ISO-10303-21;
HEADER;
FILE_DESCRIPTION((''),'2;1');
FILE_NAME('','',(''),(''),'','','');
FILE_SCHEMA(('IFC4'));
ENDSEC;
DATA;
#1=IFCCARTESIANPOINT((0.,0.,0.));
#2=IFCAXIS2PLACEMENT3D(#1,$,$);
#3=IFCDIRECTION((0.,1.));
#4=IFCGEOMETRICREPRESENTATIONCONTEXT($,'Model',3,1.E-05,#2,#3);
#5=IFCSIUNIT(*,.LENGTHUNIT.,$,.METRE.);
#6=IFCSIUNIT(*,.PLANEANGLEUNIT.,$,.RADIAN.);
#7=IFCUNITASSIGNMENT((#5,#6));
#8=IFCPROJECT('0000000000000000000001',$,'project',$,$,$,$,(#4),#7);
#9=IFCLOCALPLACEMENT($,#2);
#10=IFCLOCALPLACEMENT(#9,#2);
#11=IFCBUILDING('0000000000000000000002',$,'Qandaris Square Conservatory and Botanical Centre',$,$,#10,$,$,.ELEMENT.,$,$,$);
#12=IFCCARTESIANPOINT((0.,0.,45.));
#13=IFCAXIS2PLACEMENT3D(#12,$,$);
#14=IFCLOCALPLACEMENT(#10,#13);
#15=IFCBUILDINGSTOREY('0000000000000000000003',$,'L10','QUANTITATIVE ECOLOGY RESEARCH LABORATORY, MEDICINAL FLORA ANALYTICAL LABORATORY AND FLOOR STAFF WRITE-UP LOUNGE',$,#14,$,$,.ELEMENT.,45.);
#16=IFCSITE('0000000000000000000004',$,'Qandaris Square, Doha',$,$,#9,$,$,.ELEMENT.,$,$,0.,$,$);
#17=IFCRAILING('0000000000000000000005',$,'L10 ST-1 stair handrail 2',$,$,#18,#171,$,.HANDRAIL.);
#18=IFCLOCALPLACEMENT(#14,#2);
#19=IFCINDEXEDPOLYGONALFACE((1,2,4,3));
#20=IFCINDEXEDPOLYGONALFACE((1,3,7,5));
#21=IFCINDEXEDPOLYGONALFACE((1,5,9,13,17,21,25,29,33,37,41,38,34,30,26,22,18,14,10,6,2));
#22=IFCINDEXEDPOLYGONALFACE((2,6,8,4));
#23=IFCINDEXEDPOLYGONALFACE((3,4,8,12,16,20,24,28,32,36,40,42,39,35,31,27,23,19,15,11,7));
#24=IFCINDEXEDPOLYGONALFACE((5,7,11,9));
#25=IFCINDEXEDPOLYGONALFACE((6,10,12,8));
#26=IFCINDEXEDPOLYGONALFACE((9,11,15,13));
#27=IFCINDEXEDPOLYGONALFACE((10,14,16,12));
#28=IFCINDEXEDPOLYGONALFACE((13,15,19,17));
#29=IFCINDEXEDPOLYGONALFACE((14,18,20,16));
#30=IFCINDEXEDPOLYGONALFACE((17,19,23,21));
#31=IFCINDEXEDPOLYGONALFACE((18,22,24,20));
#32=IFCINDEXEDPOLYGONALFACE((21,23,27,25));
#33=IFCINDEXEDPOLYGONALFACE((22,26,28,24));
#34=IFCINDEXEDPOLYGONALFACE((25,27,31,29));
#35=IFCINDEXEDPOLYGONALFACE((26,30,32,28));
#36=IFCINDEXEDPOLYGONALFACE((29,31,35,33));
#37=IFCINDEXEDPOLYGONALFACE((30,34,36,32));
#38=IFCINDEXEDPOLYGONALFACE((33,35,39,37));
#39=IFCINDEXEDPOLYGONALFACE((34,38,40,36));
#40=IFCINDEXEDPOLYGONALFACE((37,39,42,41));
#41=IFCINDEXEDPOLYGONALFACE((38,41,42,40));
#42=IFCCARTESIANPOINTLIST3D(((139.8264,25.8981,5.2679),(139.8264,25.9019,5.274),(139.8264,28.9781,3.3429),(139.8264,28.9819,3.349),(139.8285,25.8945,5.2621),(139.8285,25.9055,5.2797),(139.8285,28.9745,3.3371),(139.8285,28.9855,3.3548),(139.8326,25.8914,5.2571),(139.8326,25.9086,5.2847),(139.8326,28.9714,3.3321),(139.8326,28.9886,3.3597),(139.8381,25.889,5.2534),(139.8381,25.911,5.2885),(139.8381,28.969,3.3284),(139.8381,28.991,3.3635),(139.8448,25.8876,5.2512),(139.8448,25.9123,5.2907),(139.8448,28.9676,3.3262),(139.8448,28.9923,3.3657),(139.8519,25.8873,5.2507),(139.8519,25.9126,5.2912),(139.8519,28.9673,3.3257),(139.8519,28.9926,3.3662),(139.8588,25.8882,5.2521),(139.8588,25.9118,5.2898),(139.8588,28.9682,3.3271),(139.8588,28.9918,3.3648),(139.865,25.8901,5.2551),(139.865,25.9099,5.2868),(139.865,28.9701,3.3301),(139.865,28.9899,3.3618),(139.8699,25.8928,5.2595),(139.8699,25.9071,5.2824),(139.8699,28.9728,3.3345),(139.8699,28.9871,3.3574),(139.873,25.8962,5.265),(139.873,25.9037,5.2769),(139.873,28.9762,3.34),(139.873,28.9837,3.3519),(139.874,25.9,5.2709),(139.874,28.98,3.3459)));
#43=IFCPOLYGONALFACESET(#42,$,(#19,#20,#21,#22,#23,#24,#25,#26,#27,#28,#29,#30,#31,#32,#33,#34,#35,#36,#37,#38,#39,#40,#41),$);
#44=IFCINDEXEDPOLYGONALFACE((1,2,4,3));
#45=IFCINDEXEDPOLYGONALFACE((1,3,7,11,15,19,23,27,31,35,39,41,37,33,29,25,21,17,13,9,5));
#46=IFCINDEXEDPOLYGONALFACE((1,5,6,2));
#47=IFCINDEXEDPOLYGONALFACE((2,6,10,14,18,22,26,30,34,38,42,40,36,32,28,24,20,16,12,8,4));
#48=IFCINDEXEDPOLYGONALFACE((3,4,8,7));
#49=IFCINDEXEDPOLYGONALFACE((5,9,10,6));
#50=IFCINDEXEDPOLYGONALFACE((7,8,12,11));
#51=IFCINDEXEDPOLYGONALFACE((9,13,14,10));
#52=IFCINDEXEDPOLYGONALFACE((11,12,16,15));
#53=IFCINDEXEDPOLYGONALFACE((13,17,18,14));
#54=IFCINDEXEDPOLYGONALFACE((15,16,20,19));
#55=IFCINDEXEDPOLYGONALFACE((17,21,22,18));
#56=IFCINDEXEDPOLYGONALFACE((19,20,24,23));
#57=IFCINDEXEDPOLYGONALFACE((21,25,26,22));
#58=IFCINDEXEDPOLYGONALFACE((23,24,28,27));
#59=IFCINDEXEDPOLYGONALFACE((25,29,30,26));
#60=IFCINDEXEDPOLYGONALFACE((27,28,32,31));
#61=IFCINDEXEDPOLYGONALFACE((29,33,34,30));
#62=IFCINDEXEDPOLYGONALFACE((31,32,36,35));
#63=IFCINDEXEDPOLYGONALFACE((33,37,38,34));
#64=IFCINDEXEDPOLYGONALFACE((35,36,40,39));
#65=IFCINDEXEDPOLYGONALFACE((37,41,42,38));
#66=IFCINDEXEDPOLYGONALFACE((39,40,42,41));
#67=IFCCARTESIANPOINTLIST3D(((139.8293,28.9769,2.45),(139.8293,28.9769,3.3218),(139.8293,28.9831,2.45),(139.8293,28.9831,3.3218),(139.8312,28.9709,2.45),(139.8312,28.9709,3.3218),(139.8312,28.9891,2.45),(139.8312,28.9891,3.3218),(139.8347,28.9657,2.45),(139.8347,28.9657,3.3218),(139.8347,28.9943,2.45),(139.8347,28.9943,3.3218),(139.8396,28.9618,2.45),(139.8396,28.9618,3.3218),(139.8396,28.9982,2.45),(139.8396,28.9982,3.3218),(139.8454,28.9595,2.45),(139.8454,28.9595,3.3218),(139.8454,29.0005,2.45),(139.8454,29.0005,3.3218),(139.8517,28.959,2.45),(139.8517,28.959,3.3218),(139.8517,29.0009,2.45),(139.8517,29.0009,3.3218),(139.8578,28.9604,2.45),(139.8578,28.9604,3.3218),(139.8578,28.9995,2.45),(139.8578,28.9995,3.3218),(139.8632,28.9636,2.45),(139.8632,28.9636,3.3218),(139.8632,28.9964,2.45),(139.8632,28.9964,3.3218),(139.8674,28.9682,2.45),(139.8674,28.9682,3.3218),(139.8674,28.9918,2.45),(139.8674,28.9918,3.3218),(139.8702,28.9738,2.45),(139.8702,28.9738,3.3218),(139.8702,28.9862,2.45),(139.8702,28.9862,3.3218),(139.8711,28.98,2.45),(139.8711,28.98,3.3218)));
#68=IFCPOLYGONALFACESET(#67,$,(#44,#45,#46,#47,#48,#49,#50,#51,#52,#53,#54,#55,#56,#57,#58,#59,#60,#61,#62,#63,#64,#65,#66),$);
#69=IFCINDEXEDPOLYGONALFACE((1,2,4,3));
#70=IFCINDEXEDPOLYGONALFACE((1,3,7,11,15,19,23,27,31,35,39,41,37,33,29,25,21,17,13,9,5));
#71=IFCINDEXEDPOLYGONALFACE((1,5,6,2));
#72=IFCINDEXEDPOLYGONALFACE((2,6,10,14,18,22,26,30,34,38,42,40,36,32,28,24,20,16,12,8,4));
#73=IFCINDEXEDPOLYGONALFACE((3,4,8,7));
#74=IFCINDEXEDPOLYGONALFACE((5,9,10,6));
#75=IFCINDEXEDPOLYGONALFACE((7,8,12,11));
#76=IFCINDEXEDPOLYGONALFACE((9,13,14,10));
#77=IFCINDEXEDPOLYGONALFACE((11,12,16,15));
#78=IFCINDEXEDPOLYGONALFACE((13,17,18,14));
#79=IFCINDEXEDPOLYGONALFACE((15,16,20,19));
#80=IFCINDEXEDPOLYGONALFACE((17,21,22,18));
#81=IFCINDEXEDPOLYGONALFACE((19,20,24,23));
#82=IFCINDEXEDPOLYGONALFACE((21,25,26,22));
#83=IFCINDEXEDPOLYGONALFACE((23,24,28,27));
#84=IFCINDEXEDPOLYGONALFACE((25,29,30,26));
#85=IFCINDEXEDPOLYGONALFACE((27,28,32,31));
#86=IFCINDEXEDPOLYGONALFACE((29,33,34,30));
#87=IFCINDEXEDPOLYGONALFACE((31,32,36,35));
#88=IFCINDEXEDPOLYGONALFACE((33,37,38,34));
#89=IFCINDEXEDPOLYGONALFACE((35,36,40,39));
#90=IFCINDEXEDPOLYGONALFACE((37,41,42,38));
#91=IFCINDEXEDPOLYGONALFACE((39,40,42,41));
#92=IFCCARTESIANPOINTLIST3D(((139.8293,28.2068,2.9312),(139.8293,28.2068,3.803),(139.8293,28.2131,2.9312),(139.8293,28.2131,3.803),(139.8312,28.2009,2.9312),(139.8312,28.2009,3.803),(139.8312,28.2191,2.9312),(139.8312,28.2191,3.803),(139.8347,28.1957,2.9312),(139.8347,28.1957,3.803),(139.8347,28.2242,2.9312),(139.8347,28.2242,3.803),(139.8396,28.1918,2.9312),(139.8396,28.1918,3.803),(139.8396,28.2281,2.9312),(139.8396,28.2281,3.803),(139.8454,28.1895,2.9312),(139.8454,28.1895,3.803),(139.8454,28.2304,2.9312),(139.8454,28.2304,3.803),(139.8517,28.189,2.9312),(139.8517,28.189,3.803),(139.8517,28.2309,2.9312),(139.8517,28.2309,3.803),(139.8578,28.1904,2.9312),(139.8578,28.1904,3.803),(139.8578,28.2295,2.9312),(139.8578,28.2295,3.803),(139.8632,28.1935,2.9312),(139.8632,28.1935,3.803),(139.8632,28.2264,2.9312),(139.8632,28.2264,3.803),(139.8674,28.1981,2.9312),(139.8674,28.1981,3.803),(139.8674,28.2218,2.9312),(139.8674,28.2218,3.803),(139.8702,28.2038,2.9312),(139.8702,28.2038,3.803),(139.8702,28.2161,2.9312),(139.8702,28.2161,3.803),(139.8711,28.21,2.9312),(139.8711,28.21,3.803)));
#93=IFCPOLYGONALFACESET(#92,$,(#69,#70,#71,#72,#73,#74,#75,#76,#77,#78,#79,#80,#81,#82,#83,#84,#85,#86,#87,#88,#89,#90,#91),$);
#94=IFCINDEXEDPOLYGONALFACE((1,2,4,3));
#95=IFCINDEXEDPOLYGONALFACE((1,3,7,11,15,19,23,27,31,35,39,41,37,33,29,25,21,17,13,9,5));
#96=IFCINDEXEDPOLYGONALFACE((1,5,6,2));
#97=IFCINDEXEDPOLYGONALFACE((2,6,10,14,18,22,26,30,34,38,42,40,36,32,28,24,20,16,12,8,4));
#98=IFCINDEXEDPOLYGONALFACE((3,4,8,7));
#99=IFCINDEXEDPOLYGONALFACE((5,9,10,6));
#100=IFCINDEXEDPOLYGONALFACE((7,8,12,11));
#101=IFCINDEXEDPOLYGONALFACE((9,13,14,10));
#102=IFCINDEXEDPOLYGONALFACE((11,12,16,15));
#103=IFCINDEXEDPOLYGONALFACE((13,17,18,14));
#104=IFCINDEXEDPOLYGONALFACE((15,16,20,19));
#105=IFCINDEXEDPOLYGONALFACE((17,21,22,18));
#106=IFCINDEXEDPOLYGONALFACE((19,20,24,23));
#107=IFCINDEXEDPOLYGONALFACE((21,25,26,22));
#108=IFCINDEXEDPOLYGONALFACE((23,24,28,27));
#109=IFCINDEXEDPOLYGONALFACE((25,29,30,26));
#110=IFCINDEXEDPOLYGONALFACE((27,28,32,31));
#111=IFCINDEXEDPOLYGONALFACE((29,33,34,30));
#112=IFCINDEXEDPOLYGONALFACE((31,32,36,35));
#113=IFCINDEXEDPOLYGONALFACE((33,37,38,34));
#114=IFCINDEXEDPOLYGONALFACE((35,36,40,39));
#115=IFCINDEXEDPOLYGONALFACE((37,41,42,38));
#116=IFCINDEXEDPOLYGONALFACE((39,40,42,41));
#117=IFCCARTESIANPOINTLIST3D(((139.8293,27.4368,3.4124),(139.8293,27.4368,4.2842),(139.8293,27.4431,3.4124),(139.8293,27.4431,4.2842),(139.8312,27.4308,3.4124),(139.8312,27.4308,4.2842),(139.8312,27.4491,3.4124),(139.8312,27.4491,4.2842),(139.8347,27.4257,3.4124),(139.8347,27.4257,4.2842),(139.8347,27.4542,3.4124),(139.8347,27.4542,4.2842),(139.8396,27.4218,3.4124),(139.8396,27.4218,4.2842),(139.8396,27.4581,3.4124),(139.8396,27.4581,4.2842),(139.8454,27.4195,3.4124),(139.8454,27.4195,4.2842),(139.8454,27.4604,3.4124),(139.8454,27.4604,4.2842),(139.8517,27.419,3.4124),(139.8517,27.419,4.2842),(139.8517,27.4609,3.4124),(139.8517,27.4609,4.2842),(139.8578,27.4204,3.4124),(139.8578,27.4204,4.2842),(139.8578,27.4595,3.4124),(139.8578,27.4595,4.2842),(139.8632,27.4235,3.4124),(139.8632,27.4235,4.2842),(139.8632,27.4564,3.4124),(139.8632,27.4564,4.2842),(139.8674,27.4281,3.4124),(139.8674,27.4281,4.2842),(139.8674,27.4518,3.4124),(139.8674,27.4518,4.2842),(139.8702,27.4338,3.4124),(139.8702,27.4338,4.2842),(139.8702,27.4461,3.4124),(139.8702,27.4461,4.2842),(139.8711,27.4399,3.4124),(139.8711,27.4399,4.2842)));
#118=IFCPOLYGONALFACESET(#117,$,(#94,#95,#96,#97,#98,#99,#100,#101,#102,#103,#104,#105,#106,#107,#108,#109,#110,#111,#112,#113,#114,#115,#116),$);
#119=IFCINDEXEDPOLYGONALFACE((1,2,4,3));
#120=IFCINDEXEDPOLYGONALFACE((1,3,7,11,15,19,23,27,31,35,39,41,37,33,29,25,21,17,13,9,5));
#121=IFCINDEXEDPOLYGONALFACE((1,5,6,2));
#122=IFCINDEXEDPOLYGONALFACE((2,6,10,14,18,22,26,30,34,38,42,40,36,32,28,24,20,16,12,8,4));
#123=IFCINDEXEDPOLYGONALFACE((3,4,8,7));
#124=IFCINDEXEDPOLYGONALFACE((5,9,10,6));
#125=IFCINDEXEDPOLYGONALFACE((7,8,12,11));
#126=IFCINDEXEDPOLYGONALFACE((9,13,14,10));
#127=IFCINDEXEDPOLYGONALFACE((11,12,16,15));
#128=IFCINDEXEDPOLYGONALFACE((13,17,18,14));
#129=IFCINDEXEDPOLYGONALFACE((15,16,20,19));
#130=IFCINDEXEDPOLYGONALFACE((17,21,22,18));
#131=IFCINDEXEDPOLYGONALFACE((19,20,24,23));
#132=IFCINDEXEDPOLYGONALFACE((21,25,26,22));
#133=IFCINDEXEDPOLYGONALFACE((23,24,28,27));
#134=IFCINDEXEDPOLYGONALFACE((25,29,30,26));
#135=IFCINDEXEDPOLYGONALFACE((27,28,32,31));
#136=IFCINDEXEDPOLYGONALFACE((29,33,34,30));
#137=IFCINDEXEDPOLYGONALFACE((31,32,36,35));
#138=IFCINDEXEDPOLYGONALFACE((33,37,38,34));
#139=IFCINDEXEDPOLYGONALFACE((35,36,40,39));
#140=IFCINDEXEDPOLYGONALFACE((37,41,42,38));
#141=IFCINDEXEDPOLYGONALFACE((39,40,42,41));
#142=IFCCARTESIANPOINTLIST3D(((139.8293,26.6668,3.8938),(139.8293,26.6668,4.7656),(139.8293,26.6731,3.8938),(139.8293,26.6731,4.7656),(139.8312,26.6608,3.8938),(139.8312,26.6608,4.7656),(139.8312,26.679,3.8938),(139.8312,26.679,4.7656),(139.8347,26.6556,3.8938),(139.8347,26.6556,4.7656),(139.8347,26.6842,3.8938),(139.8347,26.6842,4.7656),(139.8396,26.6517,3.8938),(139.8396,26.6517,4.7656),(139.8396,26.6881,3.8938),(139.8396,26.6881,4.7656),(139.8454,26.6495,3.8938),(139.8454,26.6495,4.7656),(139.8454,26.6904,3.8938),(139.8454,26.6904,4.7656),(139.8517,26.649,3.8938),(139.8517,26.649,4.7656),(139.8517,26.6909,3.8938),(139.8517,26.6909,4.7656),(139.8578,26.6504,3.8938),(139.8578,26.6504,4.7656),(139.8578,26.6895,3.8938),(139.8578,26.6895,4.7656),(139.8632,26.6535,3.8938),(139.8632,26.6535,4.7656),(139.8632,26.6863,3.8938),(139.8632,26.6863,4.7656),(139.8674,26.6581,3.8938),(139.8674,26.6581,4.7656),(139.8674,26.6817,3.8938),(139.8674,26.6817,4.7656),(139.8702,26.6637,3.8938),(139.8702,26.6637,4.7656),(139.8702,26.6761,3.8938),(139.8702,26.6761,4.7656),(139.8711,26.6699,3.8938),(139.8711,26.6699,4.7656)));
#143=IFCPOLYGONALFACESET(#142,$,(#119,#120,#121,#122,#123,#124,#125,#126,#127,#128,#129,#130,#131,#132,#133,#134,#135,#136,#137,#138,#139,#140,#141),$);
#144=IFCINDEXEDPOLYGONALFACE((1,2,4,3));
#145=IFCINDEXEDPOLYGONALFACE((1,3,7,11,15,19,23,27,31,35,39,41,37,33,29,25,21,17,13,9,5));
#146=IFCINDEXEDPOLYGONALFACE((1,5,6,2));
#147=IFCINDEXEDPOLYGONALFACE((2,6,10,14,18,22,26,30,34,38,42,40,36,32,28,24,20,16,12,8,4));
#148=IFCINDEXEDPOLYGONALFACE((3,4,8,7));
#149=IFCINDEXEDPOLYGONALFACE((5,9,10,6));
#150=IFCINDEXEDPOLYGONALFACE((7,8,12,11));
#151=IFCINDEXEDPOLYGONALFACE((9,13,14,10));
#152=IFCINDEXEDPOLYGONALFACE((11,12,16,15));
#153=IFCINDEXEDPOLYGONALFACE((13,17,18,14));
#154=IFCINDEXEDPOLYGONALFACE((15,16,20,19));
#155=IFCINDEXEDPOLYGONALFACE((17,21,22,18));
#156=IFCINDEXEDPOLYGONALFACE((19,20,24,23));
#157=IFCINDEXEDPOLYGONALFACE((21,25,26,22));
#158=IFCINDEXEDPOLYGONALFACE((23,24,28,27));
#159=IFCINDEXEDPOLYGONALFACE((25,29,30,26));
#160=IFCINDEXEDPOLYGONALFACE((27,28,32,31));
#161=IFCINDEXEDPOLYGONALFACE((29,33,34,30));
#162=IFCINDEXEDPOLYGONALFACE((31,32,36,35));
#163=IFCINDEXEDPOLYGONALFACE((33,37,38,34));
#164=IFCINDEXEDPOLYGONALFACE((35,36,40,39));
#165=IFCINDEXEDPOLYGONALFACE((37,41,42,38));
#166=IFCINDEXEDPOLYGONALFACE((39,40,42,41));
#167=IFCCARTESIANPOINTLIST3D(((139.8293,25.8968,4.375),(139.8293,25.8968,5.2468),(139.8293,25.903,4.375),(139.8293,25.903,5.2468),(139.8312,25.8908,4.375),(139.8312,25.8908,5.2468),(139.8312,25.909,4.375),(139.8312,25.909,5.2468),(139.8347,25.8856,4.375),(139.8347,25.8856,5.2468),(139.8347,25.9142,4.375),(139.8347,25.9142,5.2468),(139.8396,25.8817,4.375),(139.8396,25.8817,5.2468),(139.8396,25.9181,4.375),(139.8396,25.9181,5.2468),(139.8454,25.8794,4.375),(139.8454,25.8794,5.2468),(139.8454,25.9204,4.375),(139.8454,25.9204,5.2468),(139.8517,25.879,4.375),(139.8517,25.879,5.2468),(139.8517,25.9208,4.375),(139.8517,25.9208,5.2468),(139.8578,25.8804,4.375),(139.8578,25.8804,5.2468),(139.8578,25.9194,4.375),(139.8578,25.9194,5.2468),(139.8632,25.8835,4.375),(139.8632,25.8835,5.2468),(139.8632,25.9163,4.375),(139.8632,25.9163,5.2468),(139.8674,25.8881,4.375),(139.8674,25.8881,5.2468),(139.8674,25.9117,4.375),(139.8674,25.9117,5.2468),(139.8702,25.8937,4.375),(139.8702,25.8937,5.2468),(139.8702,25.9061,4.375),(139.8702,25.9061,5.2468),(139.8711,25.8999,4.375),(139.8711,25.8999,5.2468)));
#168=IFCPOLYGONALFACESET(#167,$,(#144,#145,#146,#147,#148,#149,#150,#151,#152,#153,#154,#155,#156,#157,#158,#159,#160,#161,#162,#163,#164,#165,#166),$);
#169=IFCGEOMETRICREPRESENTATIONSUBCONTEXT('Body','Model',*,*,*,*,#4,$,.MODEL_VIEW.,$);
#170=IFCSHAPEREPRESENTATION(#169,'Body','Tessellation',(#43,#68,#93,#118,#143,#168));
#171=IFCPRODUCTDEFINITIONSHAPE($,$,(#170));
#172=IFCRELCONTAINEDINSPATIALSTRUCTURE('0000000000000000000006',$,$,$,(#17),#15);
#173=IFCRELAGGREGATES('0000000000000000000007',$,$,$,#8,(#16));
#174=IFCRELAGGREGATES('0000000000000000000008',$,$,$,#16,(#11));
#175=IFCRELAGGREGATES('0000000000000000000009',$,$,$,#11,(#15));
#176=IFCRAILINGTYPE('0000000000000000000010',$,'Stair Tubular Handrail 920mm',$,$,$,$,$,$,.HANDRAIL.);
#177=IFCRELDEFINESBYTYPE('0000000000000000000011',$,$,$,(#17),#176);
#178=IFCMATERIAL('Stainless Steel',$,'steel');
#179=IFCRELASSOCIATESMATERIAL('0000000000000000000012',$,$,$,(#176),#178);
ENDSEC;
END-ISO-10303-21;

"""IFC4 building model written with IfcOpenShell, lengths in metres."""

from ifc_helpers import new_model, si_unit, direction, frame, origin, origin_2d, place, context, subcontext, project, spatial, circle, extrude, material, type_object, element, save


model = new_model("IFC4")

# Units and contexts
model_context = context("Model", 3, precision=1e-05, world=origin(), true_north=direction((0.0, 1.0)))
body_context = subcontext(model_context, "Body", "Model", "MODEL_VIEW")
ifc_project = project(units=[si_unit("LENGTHUNIT", "METRE"), si_unit("PLANEANGLEUNIT", "RADIAN")], contexts=[model_context])

# Site, building, storey
site_placement = place(None, origin())
site = spatial("IfcSite", under=ifc_project, at=site_placement, Name="Qandaris Square, Doha", CompositionType="ELEMENT", RefElevation=0.0)
building_placement = place(site_placement, origin())
building = spatial("IfcBuilding", under=site, at=building_placement, Name="Qandaris Square Conservatory and Botanical Centre", CompositionType="ELEMENT")
storey_placement = place(building_placement, frame((0.0, 0.0, 45.0)))
storey = spatial("IfcBuildingStorey", under=building, at=storey_placement, Name="L10", Description="QUANTITATIVE ECOLOGY RESEARCH LABORATORY, MEDICINAL FLORA ANALYTICAL LABORATORY AND FLOOR STAFF WRITE-UP LOUNGE", CompositionType="ELEMENT", Elevation=45.0)

# Railing
ifc_material_1 = material(Name="Stainless Steel", Category="steel")
railing_type_1 = type_object("IfcRailingType", Name="Stair Tubular Handrail 920mm", PredefinedType="HANDRAIL", material=ifc_material_1)
railing_1_placement = place(storey_placement, frame((139.8501, 28.98, 2.45)))
element("IfcRailing", 1, at=railing_1_placement, inside=storey, type_object=railing_type_1, Name="L10 ST-1 stair handrail 2", PredefinedType="HANDRAIL", context=body_context, shape_type="SweptSolid", body=[
    extrude(circle(Radius=0.0239, at=origin_2d()), frame((0.0, 0.0, 0.896), z_axis=(0.0, -0.847998, 0.529999), x_axis=(1.0, 0.0, 0.0)), (0.0, 0.0, 1.0), 3.6321),
    extrude(circle(Radius=0.021, at=origin_2d()), origin(), (0.0, 0.0, 1.0), 0.8718),
    extrude(circle(Radius=0.021, at=origin_2d()), frame((0.0, -0.77, 0.4812)), (0.0, 0.0, 1.0), 0.8718),
    extrude(circle(Radius=0.021, at=origin_2d()), frame((0.0, -1.54, 0.9624)), (0.0, 0.0, 1.0), 0.8718),
    extrude(circle(Radius=0.021, at=origin_2d()), frame((0.0, -2.3101, 1.4438)), (0.0, 0.0, 1.0), 0.8718),
    extrude(circle(Radius=0.021, at=origin_2d()), frame((0.0, -3.0801, 1.925)), (0.0, 0.0, 1.0), 0.8718),
])

save(model, "model.ifc")
